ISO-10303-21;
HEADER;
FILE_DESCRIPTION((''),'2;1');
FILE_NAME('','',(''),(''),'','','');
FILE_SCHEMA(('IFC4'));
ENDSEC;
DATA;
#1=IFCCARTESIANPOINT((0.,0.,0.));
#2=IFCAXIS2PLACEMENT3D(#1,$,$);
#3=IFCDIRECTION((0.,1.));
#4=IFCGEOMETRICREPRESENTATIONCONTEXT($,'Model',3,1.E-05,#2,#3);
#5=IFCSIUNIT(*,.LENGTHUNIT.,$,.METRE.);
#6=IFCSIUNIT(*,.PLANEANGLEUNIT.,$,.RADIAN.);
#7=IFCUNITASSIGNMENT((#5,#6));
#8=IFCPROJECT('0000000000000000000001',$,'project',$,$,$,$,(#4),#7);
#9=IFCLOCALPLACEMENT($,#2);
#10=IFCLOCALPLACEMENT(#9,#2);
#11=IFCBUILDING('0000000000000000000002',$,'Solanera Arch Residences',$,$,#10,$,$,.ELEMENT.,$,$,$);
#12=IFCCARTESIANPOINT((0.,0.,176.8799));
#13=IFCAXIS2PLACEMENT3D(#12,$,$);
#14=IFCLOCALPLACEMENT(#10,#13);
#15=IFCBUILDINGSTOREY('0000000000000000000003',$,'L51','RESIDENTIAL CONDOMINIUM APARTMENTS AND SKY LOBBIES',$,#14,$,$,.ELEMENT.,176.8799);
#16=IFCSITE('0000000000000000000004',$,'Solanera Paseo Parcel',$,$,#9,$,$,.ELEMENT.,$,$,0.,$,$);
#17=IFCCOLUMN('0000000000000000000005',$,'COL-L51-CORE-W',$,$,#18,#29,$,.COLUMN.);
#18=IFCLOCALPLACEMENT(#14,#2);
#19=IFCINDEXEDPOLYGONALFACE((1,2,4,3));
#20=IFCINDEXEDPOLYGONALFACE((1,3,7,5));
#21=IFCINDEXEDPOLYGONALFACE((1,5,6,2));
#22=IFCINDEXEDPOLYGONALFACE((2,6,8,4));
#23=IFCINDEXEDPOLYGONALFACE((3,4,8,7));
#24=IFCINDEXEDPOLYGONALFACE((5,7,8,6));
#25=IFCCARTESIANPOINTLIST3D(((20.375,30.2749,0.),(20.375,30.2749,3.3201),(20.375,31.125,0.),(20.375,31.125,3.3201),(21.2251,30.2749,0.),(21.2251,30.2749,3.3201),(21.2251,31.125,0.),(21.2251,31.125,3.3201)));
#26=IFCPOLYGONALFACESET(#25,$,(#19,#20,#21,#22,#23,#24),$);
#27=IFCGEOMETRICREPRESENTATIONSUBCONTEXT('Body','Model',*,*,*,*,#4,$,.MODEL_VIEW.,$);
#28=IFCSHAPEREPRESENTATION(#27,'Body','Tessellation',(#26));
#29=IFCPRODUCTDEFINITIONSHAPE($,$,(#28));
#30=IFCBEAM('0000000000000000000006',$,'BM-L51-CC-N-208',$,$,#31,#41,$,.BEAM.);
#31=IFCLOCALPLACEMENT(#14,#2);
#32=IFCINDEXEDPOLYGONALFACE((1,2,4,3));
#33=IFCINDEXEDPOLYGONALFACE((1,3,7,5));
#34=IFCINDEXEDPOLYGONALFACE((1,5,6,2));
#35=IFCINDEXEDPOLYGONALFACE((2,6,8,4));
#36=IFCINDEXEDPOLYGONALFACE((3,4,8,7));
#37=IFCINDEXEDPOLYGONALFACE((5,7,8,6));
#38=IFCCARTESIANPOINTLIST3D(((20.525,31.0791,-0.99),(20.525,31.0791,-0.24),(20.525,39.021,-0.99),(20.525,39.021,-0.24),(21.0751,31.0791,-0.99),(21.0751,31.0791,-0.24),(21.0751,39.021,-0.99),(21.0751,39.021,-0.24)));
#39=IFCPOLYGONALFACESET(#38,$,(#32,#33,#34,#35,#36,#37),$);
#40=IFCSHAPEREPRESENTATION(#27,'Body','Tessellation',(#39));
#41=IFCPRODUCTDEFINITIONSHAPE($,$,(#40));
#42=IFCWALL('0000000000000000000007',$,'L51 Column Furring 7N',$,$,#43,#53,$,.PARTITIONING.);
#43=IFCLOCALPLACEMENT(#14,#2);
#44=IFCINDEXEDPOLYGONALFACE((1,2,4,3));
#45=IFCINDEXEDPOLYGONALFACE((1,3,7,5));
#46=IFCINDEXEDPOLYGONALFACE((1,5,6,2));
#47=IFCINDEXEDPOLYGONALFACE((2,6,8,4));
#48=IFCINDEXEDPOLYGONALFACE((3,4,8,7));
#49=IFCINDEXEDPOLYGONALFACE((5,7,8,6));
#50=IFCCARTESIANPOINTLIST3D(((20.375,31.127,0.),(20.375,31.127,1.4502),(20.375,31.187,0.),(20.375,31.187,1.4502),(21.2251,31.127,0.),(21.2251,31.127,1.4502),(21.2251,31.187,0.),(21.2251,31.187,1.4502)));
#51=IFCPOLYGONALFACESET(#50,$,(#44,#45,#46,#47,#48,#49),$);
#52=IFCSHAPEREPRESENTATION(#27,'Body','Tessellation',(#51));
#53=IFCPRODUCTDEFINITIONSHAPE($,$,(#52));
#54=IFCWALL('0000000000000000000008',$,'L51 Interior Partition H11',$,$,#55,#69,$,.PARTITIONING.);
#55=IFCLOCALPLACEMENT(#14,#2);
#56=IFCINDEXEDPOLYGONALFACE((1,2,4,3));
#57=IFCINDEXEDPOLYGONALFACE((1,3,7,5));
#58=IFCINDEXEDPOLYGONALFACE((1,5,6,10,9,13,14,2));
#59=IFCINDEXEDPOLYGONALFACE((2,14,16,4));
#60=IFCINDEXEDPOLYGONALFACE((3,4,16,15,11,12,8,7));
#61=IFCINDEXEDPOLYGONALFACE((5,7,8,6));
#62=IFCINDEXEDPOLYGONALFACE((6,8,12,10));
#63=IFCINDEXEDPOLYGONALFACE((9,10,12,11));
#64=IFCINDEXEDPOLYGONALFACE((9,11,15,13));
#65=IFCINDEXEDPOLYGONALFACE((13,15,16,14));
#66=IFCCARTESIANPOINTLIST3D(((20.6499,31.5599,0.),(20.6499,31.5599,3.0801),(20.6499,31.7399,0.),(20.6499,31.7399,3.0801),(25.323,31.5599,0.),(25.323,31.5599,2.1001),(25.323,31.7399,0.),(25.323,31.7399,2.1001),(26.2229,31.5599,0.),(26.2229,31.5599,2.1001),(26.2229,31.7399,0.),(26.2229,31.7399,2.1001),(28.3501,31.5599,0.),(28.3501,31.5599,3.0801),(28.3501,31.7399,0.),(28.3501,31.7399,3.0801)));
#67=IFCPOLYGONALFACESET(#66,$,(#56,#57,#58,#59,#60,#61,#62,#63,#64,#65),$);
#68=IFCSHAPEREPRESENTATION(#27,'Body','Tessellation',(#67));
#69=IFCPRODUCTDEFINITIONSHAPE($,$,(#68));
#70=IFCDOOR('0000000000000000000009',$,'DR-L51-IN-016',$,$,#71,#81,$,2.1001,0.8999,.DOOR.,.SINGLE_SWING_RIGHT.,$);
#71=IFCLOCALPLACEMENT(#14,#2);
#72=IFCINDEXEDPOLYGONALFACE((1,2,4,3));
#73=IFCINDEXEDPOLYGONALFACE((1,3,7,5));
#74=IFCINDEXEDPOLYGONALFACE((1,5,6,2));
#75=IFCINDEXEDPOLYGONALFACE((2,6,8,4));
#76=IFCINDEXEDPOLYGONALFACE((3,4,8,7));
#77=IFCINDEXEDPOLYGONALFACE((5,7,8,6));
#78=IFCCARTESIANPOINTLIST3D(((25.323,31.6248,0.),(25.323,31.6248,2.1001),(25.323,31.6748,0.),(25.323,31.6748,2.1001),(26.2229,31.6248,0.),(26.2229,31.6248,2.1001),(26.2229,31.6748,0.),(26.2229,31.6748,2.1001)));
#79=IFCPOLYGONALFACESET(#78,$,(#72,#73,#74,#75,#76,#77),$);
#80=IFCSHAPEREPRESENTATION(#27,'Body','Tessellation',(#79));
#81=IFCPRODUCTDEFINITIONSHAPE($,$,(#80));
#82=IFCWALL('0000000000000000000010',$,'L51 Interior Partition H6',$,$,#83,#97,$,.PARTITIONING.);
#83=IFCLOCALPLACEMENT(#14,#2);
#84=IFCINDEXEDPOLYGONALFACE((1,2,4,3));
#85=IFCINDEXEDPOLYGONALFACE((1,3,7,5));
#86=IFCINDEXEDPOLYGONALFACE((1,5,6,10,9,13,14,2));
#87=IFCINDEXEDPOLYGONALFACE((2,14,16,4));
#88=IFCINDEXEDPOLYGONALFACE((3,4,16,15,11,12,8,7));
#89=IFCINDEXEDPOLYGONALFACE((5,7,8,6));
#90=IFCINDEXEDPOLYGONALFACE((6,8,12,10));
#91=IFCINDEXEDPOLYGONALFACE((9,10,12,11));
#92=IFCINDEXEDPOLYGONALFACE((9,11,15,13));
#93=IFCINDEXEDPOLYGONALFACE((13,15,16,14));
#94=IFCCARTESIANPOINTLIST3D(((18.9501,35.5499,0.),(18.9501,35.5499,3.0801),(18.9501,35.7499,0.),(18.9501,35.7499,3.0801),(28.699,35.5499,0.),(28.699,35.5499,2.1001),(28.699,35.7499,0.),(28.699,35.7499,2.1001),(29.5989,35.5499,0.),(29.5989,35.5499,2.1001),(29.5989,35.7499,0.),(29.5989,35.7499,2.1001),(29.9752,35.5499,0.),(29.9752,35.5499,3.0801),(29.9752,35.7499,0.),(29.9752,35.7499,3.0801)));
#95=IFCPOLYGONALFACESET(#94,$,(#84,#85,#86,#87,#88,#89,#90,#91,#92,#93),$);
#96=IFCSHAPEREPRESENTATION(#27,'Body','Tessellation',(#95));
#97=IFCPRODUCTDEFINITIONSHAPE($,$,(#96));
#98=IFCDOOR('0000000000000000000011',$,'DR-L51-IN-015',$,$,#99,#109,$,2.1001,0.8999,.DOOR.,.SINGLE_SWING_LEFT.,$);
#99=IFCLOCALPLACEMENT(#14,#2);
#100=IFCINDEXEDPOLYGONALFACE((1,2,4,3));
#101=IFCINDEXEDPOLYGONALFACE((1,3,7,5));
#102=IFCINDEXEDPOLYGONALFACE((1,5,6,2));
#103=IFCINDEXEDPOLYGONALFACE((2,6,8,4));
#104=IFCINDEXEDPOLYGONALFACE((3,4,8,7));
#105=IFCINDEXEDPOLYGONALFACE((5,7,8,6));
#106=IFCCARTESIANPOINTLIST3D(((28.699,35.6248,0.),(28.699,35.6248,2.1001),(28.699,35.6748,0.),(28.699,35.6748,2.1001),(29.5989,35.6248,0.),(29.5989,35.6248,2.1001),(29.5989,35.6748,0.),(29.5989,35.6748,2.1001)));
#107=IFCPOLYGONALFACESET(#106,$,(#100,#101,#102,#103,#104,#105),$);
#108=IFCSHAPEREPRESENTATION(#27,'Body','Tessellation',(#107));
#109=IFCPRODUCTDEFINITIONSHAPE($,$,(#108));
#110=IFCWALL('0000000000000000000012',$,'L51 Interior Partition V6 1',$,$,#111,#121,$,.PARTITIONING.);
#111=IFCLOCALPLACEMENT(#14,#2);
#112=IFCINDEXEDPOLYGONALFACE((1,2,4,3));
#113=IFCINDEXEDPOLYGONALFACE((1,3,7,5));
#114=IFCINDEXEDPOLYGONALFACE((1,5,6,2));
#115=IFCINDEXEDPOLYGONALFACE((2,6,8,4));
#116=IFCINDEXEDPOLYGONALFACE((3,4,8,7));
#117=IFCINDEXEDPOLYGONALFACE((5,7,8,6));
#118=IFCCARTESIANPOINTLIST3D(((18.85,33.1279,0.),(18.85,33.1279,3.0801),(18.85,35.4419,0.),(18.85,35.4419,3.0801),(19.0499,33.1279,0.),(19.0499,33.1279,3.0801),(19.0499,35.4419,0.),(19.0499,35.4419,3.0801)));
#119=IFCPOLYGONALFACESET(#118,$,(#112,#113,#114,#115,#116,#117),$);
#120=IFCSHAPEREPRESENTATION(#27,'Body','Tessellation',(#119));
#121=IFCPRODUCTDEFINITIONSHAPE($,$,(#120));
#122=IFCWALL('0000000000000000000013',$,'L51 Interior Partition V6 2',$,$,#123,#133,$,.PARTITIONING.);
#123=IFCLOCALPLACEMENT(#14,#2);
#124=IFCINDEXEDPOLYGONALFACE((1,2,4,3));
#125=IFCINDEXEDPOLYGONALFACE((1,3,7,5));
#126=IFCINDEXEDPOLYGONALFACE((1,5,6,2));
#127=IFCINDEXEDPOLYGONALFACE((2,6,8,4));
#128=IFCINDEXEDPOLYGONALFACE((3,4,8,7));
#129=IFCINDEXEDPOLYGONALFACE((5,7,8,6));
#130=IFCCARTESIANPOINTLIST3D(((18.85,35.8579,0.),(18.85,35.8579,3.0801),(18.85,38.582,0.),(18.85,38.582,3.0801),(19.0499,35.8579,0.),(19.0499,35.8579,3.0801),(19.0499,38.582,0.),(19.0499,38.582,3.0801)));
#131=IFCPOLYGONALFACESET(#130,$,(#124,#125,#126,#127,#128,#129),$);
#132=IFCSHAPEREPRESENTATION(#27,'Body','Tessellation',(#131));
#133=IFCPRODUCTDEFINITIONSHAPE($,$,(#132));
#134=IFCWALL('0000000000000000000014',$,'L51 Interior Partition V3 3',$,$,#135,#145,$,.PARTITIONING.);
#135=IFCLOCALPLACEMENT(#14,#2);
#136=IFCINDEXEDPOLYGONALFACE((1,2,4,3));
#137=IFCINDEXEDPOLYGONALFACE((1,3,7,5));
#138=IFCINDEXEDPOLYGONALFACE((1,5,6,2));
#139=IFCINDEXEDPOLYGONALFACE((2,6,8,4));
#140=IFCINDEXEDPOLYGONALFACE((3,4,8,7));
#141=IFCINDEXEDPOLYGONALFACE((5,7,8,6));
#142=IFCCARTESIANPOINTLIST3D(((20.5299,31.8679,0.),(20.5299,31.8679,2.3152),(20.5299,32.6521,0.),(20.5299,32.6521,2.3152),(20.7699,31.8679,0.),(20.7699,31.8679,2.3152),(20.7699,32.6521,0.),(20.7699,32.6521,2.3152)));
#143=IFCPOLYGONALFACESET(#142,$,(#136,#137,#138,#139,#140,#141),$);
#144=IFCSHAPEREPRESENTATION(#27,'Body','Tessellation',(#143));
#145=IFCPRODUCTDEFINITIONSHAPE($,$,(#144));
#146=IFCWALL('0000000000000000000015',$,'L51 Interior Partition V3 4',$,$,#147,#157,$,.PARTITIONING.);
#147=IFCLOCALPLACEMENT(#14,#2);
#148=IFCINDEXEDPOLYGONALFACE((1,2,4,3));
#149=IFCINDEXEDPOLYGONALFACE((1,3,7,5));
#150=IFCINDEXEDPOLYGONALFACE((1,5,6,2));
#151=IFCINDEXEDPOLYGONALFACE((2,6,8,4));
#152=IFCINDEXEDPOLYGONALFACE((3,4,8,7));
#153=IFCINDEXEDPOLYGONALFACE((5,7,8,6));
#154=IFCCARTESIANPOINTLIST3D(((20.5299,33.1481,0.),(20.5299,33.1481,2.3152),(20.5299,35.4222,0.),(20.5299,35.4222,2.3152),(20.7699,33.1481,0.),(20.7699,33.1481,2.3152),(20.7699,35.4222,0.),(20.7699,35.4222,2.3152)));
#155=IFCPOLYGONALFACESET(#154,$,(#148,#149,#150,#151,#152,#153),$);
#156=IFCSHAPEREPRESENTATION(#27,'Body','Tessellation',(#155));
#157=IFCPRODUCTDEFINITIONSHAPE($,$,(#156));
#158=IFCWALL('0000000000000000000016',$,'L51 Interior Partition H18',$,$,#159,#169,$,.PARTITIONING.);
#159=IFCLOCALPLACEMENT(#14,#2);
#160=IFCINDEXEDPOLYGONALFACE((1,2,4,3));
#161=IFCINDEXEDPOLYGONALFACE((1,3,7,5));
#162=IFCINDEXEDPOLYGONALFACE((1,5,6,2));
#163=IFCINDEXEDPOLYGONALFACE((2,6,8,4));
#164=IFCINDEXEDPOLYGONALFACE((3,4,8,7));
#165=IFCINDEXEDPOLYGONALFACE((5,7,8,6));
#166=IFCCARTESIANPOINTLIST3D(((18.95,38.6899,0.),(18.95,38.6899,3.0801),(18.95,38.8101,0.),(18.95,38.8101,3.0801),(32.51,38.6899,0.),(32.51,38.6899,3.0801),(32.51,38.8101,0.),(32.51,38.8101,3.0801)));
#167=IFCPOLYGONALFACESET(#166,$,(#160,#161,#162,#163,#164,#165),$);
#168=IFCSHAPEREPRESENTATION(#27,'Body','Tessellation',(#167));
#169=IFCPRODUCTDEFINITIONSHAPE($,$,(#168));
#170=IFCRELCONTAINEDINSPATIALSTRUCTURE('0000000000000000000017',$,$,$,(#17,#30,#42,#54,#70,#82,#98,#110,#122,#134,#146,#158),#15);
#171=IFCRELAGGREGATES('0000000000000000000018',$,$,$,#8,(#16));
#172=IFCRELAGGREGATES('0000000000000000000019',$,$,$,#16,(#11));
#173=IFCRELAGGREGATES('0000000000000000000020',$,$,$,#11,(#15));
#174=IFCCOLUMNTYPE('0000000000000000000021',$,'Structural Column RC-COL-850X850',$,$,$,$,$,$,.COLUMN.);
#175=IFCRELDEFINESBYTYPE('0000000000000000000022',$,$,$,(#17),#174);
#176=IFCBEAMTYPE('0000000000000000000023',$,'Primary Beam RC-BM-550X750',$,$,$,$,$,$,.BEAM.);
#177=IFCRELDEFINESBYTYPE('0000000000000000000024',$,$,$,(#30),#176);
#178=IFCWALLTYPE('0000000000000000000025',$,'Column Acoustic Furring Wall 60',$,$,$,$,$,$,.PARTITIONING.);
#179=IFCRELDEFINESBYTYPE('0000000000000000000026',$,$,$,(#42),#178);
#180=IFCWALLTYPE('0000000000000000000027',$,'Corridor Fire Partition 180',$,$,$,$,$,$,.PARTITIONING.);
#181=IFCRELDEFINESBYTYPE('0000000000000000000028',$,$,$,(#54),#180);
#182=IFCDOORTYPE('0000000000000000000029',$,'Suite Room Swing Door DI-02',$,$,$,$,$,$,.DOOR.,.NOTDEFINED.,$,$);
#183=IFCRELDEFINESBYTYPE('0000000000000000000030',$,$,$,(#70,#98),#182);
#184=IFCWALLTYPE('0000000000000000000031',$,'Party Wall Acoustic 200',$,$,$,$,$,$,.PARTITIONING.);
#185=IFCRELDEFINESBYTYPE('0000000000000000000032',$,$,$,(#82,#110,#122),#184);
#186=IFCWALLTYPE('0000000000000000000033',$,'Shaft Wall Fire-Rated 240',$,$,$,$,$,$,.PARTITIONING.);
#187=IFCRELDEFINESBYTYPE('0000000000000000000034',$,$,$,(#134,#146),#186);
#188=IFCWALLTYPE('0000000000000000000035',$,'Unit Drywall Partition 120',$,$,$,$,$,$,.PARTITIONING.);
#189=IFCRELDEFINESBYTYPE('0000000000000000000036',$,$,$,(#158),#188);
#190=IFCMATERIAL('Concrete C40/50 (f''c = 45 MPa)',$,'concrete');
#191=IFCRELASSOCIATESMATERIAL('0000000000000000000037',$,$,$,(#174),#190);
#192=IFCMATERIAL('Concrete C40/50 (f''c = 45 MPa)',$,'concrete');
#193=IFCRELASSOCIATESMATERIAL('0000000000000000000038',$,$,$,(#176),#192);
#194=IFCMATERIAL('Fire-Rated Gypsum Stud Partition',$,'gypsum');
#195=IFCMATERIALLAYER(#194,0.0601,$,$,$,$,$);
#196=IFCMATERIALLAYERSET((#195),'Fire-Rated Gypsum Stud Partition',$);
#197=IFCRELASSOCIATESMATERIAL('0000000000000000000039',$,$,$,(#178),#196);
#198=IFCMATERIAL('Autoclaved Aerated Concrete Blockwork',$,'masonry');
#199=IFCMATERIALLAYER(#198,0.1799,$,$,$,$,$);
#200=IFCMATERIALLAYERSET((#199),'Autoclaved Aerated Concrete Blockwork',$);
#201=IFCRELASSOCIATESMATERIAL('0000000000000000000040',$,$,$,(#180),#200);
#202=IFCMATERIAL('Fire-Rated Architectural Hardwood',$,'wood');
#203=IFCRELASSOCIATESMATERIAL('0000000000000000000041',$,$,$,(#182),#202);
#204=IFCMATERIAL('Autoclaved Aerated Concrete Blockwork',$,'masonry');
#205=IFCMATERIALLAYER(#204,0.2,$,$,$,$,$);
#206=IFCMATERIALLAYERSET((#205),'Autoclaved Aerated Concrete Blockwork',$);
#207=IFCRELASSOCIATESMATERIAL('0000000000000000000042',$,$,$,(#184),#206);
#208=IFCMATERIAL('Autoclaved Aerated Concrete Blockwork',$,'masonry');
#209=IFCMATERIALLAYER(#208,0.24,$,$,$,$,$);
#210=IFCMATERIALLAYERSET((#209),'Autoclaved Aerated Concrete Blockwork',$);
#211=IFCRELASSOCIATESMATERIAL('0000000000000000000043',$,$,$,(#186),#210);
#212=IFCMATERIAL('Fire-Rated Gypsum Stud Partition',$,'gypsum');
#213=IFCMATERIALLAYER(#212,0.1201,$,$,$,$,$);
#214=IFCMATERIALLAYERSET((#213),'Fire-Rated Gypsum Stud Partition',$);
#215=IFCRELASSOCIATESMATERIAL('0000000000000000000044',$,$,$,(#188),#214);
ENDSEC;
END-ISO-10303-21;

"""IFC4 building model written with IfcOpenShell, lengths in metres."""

from ifc_helpers import new_model, si_unit, direction, frame, frame_2d, origin, origin_2d, place, context, subcontext, project, spatial, rectangle, extrude, material, layer, layer_set, material_profile, profile_set, type_object, element, fill, save


model = new_model("IFC4")

# Units and contexts
model_context = context("Model", 3, precision=1e-05, world=origin(), true_north=direction((0.0, 1.0)))
body_context = subcontext(model_context, "Body", "Model", "MODEL_VIEW")
ifc_project = project(units=[si_unit("LENGTHUNIT", "METRE"), si_unit("PLANEANGLEUNIT", "RADIAN")], contexts=[model_context])

# Site, building, storey
site_placement = place(None, origin())
site = spatial("IfcSite", under=ifc_project, at=site_placement, Name="Solanera Paseo Parcel", CompositionType="ELEMENT", RefElevation=0.0)
building_placement = place(site_placement, origin())
building = spatial("IfcBuilding", under=site, at=building_placement, Name="Solanera Arch Residences", CompositionType="ELEMENT")
storey_placement = place(building_placement, frame((0.0, 0.0, 176.8799)))
storey = spatial("IfcBuildingStorey", under=building, at=storey_placement, Name="L51", Description="RESIDENTIAL CONDOMINIUM APARTMENTS AND SKY LOBBIES", CompositionType="ELEMENT", Elevation=176.8799)

# Column
ifc_material_1 = material(Name="Concrete C40/50 (f'c = 45 MPa)", Category="concrete")
ifc_material_profile_1 = material_profile(ifc_material_1, rectangle(XDim=0.8501, YDim=0.8501, at=origin_2d()))
ifc_profile_set_1 = profile_set([ifc_material_profile_1], Name="Concrete C40/50 (f'c = 45 MPa)")
column_type = type_object("IfcColumnType", Name="Structural Column RC-COL-850X850", PredefinedType="COLUMN", material=ifc_profile_set_1)
column_placement = place(storey_placement, frame((20.8, 30.7, 0.0), z_axis=(0.0, 0.0, 1.0), x_axis=(1.0, 0.0, 0.0)))
element("IfcColumn", 1, at=column_placement, inside=storey, type_object=column_type, Name="COL-L51-CORE-W", PredefinedType="COLUMN", context=body_context, shape_type="SweptSolid", body=[
    extrude(rectangle(XDim=0.8501, YDim=0.8501, at=origin_2d()), origin(), (0.0, 0.0, 1.0), 3.3201),
])

# Beam
ifc_material_2 = material(Name="Concrete C40/50 (f'c = 45 MPa)", Category="concrete")
ifc_material_profile_2 = material_profile(ifc_material_2, rectangle(XDim=0.55, YDim=0.75, at=origin_2d()))
ifc_profile_set_2 = profile_set([ifc_material_profile_2], Name="Concrete C40/50 (f'c = 45 MPa)")
beam_type = type_object("IfcBeamType", Name="Primary Beam RC-BM-550X750", PredefinedType="BEAM", material=ifc_profile_set_2)
beam_placement = place(storey_placement, frame((20.8, 31.0791, -0.615), z_axis=(0.0, 1.0, 0.0), x_axis=(-1.0, 0.0, 0.0)))
element("IfcBeam", 2, at=beam_placement, inside=storey, type_object=beam_type, Name="BM-L51-CC-N-208", PredefinedType="BEAM", context=body_context, shape_type="SweptSolid", body=[
    extrude(rectangle(XDim=0.55, YDim=0.75, at=origin_2d()), origin(), (0.0, 0.0, 1.0), 7.9419),
])

# Wall
ifc_material_3 = material(Name="Fire-Rated Gypsum Stud Partition", Category="gypsum")
ifc_layer_1 = layer(ifc_material_3, 0.0601)
ifc_layer_set_1 = layer_set([ifc_layer_1], Name="Fire-Rated Gypsum Stud Partition")
wall_type_1 = type_object("IfcWallType", Name="Column Acoustic Furring Wall 60", PredefinedType="PARTITIONING", material=ifc_layer_set_1)
wall_1_placement = place(storey_placement, frame((20.375, 31.157, 0.0), z_axis=(0.0, 0.0, 1.0), x_axis=(1.0, 0.0, 0.0)))
element("IfcWall", 3, at=wall_1_placement, inside=storey, type_object=wall_type_1, Name="L51 Column Furring 7N", PredefinedType="PARTITIONING", context=body_context, shape_type="SweptSolid", body=[
    extrude(rectangle(XDim=0.8501, YDim=0.0601, at=frame_2d((0.425, 0.0))), origin(), (0.0, 0.0, 1.0), 1.4502),
])

# Walls, openings, doors
ifc_material_4 = material(Name="Autoclaved Aerated Concrete Blockwork", Category="masonry")
ifc_layer_2 = layer(ifc_material_4, 0.1799)
ifc_layer_set_2 = layer_set([ifc_layer_2], Name="Autoclaved Aerated Concrete Blockwork")
wall_type_2 = type_object("IfcWallType", Name="Corridor Fire Partition 180", PredefinedType="PARTITIONING", material=ifc_layer_set_2)
wall_2_placement = place(storey_placement, frame((20.6499, 31.6499, 0.0), z_axis=(0.0, 0.0, 1.0), x_axis=(1.0, 0.0, 0.0)))
wall_2 = element("IfcWall", 4, at=wall_2_placement, inside=storey, type_object=wall_type_2, Name="L51 Interior Partition H11", PredefinedType="PARTITIONING", context=body_context, shape_type="SweptSolid", body=[
    extrude(rectangle(XDim=7.7002, YDim=0.1799, at=frame_2d((3.8501, 0.0))), origin(), (0.0, 0.0, 1.0), 3.0801),
])
opening_1_placement = place(wall_2_placement, frame((4.6731, 0.0, 0.0)))
opening_1 = element("IfcOpeningElement", 5, at=opening_1_placement, cuts=wall_2, PredefinedType="OPENING", context=body_context, shape_type="SweptSolid", body=[
    extrude(rectangle(XDim=0.8999, YDim=2.1001, at=frame_2d((0.45, 1.05))), frame((0.0, 0.1001, 0.0), z_axis=(0.0, -1.0, 0.0), x_axis=(1.0, 0.0, 0.0)), (0.0, 0.0, 1.0), 0.1999),
])
ifc_material_5 = material(Name="Fire-Rated Architectural Hardwood", Category="wood")
door_type_1 = type_object("IfcDoorType", Name="Suite Room Swing Door DI-02", OperationType="NOTDEFINED", PredefinedType="DOOR", material=ifc_material_5)
door_1_placement = place(opening_1_placement, origin())
door_1 = element("IfcDoor", 6, at=door_1_placement, inside=storey, type_object=door_type_1, Name="DR-L51-IN-016", OperationType="SINGLE_SWING_RIGHT", OverallHeight=2.1001, OverallWidth=0.8999, PredefinedType="DOOR", context=body_context, shape_type="SweptSolid", body=[
    extrude(rectangle(XDim=0.8999, YDim=2.1001, at=frame_2d((0.45, 1.05))), frame((0.0, 0.0249, 0.0), z_axis=(0.0, -1.0, 0.0), x_axis=(1.0, 0.0, 0.0)), (0.0, 0.0, 1.0), 0.05),
])
fill(opening_1, door_1)
ifc_material_6 = material(Name="Autoclaved Aerated Concrete Blockwork", Category="masonry")
ifc_layer_3 = layer(ifc_material_6, 0.2)
ifc_layer_set_3 = layer_set([ifc_layer_3], Name="Autoclaved Aerated Concrete Blockwork")
wall_type_3 = type_object("IfcWallType", Name="Party Wall Acoustic 200", PredefinedType="PARTITIONING", material=ifc_layer_set_3)
wall_3_placement = place(storey_placement, frame((18.95, 35.6499, 0.0), z_axis=(0.0, 0.0, 1.0), x_axis=(1.0, 0.0, 0.0)))
wall_3 = element("IfcWall", 7, at=wall_3_placement, inside=storey, type_object=wall_type_3, Name="L51 Interior Partition H6", PredefinedType="PARTITIONING", context=body_context, shape_type="SweptSolid", body=[
    extrude(rectangle(XDim=11.0251, YDim=0.2, at=frame_2d((5.5127, 0.0))), origin(), (0.0, 0.0, 1.0), 3.0801),
])
opening_2_placement = place(wall_3_placement, frame((9.749, 0.0, 0.0)))
opening_2 = element("IfcOpeningElement", 8, at=opening_2_placement, cuts=wall_3, PredefinedType="OPENING", context=body_context, shape_type="SweptSolid", body=[
    extrude(rectangle(XDim=0.8999, YDim=2.1001, at=frame_2d((0.45, 1.05))), frame((0.0, 0.1101, 0.0), z_axis=(0.0, -1.0, 0.0), x_axis=(1.0, 0.0, 0.0)), (0.0, 0.0, 1.0), 0.22),
])
door_2_placement = place(opening_2_placement, origin())
door_2 = element("IfcDoor", 9, at=door_2_placement, inside=storey, type_object=door_type_1, Name="DR-L51-IN-015", OperationType="SINGLE_SWING_LEFT", OverallHeight=2.1001, OverallWidth=0.8999, PredefinedType="DOOR", context=body_context, shape_type="SweptSolid", body=[
    extrude(rectangle(XDim=0.8999, YDim=2.1001, at=frame_2d((0.45, 1.05))), frame((0.0, 0.0249, 0.0), z_axis=(0.0, -1.0, 0.0), x_axis=(1.0, 0.0, 0.0)), (0.0, 0.0, 1.0), 0.05),
])
fill(opening_2, door_2)

# Walls
wall_4_placement = place(storey_placement, frame((18.95, 33.1279, 0.0), z_axis=(0.0, 0.0, 1.0), x_axis=(0.0, 1.0, 0.0)))
element("IfcWall", 10, at=wall_4_placement, inside=storey, type_object=wall_type_3, Name="L51 Interior Partition V6 1", PredefinedType="PARTITIONING", context=body_context, shape_type="SweptSolid", body=[
    extrude(rectangle(XDim=2.314, YDim=0.2, at=frame_2d((1.157, 0.0))), origin(), (0.0, 0.0, 1.0), 3.0801),
])
wall_5_placement = place(storey_placement, frame((18.95, 35.8579, 0.0), z_axis=(0.0, 0.0, 1.0), x_axis=(0.0, 1.0, 0.0)))
element("IfcWall", 11, at=wall_5_placement, inside=storey, type_object=wall_type_3, Name="L51 Interior Partition V6 2", PredefinedType="PARTITIONING", context=body_context, shape_type="SweptSolid", body=[
    extrude(rectangle(XDim=2.7241, YDim=0.2, at=frame_2d((1.3621, 0.0))), origin(), (0.0, 0.0, 1.0), 3.0801),
])

# Shared definitions
ifc_material_7 = material(Name="Autoclaved Aerated Concrete Blockwork", Category="masonry")
ifc_layer_4 = layer(ifc_material_7, 0.24)
ifc_layer_set_4 = layer_set([ifc_layer_4], Name="Autoclaved Aerated Concrete Blockwork")
wall_type_4 = type_object("IfcWallType", Name="Shaft Wall Fire-Rated 240", PredefinedType="PARTITIONING", material=ifc_layer_set_4)

# Walls
wall_6_placement = place(storey_placement, frame((20.6499, 31.8679, 0.0), z_axis=(0.0, 0.0, 1.0), x_axis=(0.0, 1.0, 0.0)))
element("IfcWall", 12, at=wall_6_placement, inside=storey, type_object=wall_type_4, Name="L51 Interior Partition V3 3", PredefinedType="PARTITIONING", context=body_context, shape_type="SweptSolid", body=[
    extrude(rectangle(XDim=0.7842, YDim=0.24, at=frame_2d((0.3921, 0.0))), origin(), (0.0, 0.0, 1.0), 2.3152),
])
wall_7_placement = place(storey_placement, frame((20.6499, 33.1479, 0.0), z_axis=(0.0, 0.0, 1.0), x_axis=(0.0, 1.0, 0.0)))
element("IfcWall", 13, at=wall_7_placement, inside=storey, type_object=wall_type_4, Name="L51 Interior Partition V3 4", PredefinedType="PARTITIONING", context=body_context, shape_type="SweptSolid", body=[
    extrude(rectangle(XDim=2.2742, YDim=0.24, at=frame_2d((1.1372, 0.0))), origin(), (0.0, 0.0, 1.0), 2.3152),
])
ifc_material_8 = material(Name="Fire-Rated Gypsum Stud Partition", Category="gypsum")
ifc_layer_5 = layer(ifc_material_8, 0.1201)
ifc_layer_set_5 = layer_set([ifc_layer_5], Name="Fire-Rated Gypsum Stud Partition")
wall_type_5 = type_object("IfcWallType", Name="Unit Drywall Partition 120", PredefinedType="PARTITIONING", material=ifc_layer_set_5)
wall_8_placement = place(storey_placement, frame((18.95, 38.75, 0.0), z_axis=(0.0, 0.0, 1.0), x_axis=(1.0, 0.0, 0.0)))
element("IfcWall", 14, at=wall_8_placement, inside=storey, type_object=wall_type_5, Name="L51 Interior Partition H18", PredefinedType="PARTITIONING", context=body_context, shape_type="SweptSolid", body=[
    extrude(rectangle(XDim=13.5601, YDim=0.1201, at=frame_2d((6.78, 0.0))), origin(), (0.0, 0.0, 1.0), 3.0801),
])

save(model, "model.ifc")
